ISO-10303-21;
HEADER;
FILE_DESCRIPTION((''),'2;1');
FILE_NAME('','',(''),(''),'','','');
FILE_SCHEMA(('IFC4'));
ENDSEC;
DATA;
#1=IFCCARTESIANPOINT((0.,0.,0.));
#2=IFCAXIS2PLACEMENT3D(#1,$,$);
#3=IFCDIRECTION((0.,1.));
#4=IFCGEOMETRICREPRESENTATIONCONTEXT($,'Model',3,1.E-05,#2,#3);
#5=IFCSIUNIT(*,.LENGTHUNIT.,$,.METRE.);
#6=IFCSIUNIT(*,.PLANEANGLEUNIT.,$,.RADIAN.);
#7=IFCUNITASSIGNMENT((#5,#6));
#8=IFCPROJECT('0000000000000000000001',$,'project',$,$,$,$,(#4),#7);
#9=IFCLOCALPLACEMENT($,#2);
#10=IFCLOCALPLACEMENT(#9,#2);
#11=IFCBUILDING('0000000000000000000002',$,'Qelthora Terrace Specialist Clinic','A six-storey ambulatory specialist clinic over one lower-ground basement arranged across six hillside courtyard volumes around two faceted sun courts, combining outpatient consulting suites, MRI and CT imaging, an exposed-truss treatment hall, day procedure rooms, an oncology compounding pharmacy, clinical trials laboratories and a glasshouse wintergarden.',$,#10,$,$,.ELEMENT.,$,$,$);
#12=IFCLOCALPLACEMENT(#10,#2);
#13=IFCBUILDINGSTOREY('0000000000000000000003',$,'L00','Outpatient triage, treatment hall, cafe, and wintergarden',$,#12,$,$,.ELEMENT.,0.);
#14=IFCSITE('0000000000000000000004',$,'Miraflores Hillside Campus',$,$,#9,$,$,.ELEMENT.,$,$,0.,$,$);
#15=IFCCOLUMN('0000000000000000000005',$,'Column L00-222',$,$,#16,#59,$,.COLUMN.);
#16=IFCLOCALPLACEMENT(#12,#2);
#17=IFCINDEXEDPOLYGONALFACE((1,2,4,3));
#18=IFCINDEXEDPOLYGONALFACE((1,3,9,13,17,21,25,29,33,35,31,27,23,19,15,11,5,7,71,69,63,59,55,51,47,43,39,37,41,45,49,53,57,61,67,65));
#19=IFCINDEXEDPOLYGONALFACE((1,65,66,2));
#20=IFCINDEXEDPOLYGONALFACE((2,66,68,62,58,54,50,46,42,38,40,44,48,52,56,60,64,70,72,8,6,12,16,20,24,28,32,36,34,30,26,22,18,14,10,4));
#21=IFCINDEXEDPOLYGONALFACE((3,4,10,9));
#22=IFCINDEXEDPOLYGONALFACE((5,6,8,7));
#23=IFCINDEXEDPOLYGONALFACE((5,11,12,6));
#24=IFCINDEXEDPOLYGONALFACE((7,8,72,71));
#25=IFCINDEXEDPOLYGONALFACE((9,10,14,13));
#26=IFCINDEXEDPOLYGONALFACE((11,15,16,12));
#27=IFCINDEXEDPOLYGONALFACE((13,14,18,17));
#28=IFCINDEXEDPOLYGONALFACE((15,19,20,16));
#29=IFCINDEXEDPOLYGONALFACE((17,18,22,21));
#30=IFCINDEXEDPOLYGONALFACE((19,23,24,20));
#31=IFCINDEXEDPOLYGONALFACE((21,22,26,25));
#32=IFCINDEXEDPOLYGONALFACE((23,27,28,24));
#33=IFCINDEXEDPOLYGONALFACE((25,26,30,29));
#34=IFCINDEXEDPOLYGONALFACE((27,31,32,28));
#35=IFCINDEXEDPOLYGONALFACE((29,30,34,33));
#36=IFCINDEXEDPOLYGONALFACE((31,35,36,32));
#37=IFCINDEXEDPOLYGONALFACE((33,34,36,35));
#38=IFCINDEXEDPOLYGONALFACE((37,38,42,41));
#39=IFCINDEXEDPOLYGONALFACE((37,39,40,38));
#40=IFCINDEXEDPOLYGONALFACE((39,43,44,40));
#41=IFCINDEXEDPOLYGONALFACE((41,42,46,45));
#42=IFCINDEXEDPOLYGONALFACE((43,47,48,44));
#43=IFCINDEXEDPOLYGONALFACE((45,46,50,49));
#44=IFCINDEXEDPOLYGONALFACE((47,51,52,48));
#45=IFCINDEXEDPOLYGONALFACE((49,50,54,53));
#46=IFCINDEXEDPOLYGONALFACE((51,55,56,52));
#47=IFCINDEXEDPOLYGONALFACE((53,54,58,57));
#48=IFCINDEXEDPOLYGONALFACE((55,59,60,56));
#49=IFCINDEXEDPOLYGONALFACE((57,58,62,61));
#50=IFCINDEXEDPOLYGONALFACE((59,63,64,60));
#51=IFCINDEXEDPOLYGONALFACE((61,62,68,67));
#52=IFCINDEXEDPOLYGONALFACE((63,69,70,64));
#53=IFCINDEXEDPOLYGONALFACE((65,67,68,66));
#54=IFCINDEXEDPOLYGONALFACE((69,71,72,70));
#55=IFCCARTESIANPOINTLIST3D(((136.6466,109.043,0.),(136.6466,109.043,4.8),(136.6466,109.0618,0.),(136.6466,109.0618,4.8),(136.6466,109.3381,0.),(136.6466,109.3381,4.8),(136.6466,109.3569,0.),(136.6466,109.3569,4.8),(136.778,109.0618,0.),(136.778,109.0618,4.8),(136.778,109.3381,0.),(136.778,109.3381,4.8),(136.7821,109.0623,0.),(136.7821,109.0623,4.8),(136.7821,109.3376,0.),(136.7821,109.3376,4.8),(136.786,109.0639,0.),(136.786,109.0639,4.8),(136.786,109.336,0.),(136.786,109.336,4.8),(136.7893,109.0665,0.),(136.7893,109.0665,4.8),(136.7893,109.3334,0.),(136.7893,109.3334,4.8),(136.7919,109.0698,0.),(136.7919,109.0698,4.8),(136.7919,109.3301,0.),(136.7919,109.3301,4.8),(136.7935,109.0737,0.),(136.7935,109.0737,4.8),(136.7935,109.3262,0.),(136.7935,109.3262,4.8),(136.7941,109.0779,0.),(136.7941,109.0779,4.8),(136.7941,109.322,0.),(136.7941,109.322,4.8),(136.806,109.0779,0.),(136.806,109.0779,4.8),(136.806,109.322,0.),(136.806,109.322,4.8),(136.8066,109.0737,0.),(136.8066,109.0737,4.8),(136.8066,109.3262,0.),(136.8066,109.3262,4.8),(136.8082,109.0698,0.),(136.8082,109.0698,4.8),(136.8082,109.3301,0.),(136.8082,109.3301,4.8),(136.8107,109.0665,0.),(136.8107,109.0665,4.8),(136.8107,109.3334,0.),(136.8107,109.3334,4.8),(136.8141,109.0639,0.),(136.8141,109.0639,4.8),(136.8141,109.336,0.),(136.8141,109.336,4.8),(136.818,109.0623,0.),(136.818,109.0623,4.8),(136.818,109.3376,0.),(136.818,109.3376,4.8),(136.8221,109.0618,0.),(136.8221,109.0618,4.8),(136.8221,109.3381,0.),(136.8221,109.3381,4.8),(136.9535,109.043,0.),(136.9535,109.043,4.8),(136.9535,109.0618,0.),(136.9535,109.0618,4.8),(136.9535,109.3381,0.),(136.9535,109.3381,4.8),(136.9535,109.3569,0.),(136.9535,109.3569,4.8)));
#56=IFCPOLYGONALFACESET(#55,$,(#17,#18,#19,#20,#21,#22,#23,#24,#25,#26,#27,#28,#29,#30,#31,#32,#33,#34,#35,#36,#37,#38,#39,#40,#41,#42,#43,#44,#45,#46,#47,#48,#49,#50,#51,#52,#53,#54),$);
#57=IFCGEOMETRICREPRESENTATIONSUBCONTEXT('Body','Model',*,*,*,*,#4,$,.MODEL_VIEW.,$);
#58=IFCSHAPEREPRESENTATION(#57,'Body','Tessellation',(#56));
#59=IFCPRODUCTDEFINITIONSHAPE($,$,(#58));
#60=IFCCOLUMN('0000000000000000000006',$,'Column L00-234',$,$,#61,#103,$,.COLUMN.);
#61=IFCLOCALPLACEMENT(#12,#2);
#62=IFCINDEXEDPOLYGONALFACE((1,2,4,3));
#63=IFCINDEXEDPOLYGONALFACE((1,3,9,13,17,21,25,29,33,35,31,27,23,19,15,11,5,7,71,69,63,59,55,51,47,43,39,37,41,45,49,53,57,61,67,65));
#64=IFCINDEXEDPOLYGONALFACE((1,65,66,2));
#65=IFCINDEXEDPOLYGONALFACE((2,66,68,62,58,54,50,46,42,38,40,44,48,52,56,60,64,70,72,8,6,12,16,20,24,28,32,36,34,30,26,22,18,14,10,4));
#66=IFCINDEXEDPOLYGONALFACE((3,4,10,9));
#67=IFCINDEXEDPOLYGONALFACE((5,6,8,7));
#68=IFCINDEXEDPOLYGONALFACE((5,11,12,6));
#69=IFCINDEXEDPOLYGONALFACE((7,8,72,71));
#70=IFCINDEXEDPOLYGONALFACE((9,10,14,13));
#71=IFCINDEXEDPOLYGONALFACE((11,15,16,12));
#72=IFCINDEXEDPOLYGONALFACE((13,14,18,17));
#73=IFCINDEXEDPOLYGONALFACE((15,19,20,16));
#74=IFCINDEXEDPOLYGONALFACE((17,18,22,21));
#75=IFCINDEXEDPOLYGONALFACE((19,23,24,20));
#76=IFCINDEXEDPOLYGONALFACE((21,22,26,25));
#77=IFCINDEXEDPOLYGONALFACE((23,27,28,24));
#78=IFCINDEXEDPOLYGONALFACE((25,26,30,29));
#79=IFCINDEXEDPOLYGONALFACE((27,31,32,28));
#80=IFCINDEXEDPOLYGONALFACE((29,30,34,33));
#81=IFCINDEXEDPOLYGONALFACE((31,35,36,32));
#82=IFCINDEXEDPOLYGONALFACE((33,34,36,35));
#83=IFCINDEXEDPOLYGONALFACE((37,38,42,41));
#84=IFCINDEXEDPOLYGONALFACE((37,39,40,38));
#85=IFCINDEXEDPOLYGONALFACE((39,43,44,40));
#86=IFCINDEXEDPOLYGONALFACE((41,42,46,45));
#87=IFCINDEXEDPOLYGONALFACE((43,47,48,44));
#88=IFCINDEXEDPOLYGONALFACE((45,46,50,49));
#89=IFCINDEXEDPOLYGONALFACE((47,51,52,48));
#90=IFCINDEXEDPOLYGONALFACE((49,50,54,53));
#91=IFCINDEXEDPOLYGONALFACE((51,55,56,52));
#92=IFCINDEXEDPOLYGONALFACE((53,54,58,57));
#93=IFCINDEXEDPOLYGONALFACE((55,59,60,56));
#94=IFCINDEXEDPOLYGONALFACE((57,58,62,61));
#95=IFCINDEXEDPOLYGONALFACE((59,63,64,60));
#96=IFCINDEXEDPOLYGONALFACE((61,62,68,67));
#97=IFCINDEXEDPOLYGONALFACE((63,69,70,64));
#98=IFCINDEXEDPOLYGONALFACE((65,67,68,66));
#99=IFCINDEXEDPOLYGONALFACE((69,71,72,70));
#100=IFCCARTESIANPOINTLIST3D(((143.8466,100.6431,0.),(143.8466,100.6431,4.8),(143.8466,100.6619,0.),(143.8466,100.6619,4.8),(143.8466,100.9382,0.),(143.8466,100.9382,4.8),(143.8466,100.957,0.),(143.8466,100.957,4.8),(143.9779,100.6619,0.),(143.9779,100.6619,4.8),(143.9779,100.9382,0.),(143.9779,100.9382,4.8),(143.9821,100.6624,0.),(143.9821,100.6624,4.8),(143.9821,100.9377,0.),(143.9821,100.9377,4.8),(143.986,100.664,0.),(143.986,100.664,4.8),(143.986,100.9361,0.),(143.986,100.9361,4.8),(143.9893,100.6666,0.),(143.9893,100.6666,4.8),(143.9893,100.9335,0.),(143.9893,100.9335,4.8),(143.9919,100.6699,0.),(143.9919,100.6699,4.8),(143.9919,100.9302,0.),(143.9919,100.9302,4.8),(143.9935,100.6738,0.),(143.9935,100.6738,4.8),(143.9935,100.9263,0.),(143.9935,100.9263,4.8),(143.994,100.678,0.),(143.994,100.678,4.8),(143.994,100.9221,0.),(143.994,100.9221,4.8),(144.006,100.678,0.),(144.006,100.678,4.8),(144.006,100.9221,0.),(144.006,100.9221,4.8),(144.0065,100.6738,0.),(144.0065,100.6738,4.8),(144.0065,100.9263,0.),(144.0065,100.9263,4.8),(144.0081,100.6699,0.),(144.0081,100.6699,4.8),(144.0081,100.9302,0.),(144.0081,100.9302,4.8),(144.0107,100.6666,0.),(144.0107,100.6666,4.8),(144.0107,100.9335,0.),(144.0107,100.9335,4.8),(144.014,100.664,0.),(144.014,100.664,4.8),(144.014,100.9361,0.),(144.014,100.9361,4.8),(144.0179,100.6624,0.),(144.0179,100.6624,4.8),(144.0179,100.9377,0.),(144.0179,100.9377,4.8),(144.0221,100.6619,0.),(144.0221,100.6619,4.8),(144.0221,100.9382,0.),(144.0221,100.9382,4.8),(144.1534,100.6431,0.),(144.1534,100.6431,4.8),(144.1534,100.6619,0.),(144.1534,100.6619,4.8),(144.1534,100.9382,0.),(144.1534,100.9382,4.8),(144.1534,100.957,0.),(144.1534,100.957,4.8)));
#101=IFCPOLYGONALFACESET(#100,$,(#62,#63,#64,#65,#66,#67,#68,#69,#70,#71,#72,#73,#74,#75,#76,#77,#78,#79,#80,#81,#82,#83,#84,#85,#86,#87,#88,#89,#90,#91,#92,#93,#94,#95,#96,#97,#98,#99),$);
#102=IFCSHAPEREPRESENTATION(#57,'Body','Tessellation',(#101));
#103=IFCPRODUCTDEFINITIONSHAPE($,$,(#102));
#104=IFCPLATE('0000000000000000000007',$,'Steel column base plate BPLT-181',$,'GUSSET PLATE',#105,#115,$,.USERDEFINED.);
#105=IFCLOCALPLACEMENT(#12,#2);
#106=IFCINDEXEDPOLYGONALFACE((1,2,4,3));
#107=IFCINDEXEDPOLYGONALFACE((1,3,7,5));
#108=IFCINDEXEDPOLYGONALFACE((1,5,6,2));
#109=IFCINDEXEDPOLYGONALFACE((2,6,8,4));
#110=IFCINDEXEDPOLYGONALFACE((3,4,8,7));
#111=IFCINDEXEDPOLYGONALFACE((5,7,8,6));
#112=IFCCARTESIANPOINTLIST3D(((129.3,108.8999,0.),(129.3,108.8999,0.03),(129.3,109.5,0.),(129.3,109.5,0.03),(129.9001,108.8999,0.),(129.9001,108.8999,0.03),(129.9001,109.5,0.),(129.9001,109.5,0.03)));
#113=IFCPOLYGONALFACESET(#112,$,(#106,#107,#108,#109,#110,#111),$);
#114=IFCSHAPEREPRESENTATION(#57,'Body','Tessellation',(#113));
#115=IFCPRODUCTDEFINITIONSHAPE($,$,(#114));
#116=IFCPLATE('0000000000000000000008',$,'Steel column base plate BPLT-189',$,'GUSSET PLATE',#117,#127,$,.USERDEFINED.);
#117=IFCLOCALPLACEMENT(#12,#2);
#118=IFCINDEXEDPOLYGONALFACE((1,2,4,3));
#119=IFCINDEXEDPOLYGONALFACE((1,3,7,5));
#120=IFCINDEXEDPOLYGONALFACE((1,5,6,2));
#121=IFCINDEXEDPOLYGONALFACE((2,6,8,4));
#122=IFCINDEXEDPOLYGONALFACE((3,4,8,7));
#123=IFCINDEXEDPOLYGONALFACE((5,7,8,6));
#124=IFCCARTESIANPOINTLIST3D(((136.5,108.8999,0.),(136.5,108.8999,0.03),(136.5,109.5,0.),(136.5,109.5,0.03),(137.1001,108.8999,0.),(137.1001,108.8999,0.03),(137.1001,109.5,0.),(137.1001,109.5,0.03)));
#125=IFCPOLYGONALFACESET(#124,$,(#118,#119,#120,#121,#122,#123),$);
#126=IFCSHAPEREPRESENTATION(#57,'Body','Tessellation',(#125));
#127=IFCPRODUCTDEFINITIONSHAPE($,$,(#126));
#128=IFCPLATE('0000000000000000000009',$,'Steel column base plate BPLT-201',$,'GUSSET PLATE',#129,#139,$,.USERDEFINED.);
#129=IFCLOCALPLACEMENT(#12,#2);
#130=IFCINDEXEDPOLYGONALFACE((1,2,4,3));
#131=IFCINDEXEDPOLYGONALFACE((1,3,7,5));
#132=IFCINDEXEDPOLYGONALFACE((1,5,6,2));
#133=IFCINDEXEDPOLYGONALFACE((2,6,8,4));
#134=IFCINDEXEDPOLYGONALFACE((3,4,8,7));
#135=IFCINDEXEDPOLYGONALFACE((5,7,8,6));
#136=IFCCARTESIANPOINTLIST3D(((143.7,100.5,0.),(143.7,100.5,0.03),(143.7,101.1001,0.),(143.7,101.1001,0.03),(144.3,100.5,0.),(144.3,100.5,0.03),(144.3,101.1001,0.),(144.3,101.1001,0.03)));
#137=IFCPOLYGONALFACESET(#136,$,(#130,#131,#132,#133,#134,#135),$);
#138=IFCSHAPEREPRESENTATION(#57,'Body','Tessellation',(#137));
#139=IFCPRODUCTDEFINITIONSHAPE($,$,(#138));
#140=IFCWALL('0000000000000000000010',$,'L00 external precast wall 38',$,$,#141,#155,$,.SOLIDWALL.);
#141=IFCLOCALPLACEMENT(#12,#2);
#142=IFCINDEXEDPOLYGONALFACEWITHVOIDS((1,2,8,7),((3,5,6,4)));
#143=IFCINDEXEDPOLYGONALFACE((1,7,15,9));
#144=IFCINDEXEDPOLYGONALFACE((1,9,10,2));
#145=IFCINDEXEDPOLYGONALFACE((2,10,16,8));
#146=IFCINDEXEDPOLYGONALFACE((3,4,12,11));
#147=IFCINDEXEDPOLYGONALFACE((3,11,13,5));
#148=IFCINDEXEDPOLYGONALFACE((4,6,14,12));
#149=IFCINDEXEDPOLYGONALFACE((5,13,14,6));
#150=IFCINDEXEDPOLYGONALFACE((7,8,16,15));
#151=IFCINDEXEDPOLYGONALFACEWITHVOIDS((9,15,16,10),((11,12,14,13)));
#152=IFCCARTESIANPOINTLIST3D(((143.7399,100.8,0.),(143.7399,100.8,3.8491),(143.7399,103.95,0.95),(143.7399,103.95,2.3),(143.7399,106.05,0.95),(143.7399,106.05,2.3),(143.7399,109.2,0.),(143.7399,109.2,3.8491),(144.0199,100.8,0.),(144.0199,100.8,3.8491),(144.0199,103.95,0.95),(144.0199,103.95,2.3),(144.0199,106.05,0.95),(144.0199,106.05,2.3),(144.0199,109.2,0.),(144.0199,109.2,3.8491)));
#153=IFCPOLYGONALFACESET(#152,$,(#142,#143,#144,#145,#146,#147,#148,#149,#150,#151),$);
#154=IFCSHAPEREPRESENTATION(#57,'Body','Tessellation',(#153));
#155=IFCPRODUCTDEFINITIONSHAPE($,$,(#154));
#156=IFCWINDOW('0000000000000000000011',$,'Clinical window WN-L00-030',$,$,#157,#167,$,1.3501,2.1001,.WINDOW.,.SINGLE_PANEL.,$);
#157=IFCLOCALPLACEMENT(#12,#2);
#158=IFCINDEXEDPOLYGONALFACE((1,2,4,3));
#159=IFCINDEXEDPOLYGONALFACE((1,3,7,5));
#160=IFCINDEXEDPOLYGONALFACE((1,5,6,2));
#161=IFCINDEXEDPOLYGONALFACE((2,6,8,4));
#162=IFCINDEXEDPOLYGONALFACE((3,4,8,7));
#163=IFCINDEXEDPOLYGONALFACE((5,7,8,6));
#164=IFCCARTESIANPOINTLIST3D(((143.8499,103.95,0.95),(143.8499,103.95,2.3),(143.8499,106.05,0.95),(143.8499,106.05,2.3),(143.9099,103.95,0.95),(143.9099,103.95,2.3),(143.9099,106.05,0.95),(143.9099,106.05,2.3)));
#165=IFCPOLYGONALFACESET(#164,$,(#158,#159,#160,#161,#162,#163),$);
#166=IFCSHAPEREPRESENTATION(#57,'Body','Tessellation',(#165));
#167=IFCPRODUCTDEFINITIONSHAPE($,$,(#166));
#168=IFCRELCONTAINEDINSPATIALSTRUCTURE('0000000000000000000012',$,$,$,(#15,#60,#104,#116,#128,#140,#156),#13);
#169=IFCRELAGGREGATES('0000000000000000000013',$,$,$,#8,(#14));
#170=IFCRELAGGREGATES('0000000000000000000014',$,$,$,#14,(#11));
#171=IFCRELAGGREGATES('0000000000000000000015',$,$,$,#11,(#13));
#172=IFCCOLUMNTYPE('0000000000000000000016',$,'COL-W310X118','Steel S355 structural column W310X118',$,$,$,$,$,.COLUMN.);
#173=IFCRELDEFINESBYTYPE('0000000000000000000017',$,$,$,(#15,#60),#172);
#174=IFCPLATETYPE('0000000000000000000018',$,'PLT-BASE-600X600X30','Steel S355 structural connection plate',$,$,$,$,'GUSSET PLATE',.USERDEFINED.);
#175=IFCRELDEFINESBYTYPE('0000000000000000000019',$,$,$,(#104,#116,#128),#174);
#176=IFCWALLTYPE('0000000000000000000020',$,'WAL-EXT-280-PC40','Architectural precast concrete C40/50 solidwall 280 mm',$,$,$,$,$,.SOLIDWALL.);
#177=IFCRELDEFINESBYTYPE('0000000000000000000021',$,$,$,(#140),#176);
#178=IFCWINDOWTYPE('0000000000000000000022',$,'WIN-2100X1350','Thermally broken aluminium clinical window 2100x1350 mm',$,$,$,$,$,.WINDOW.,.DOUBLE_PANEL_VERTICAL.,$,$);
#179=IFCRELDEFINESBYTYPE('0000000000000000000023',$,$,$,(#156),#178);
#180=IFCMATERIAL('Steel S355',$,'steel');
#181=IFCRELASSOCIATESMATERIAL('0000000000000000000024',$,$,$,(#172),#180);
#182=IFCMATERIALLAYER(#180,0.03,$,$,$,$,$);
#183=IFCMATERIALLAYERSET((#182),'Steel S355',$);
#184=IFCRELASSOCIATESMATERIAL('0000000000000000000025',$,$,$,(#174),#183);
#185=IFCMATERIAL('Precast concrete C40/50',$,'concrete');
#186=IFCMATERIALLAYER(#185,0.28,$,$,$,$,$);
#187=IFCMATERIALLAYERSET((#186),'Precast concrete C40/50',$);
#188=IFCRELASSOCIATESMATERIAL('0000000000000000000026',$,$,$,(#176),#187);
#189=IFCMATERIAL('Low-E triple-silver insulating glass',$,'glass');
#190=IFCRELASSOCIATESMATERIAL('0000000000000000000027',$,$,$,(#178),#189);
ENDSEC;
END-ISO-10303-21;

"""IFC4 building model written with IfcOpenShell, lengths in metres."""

from ifc_helpers import new_model, si_unit, direction, frame, frame_2d, origin, origin_2d, place, context, subcontext, project, spatial, rectangle, i_section, extrude, material, layer, layer_set, material_profile, profile_set, type_object, element, fill, save


model = new_model("IFC4")

# Units and contexts
model_context = context("Model", 3, precision=1e-05, world=origin(), true_north=direction((0.0, 1.0)))
body_context = subcontext(model_context, "Body", "Model", "MODEL_VIEW")
ifc_project = project(units=[si_unit("LENGTHUNIT", "METRE"), si_unit("PLANEANGLEUNIT", "RADIAN")], contexts=[model_context])

# Site, building, storey
site_placement = place(None, origin())
site = spatial("IfcSite", under=ifc_project, at=site_placement, Name="Miraflores Hillside Campus", CompositionType="ELEMENT", RefElevation=0.0)
building_placement = place(site_placement, origin())
building = spatial("IfcBuilding", under=site, at=building_placement, Name="Qelthora Terrace Specialist Clinic", Description="A six-storey ambulatory specialist clinic over one lower-ground basement arranged across six hillside courtyard volumes around two faceted sun courts, combining outpatient consulting suites, MRI and CT imaging, an exposed-truss treatment hall, day procedure rooms, an oncology compounding pharmacy, clinical trials laboratories and a glasshouse wintergarden.", CompositionType="ELEMENT")
storey_placement = place(building_placement, origin())
storey = spatial("IfcBuildingStorey", under=building, at=storey_placement, Name="L00", Description="Outpatient triage, treatment hall, cafe, and wintergarden", CompositionType="ELEMENT", Elevation=0.0)

# Columns
ifc_material_1 = material(Name="Steel S355", Category="steel")
ifc_material_profile_1 = material_profile(ifc_material_1, i_section(OverallWidth=0.3069, OverallDepth=0.314, WebThickness=0.012, FlangeThickness=0.0188, FilletRadius=0.0161, at=origin_2d()), Name="W310X118")
ifc_profile_set_1 = profile_set([ifc_material_profile_1], Name="Steel S355")
column_type_1 = type_object("IfcColumnType", Name="COL-W310X118", Description="Steel S355 structural column W310X118", PredefinedType="COLUMN", material=ifc_profile_set_1)
for number, where, z_axis, x_axis, name in (
    (1, (136.8, 109.2, 0.0), (0.0, 0.0, 1.0), (1.0, 0.0, 0.0), "Column L00-222"),
    (2, (144.0, 100.8, 0.0), (0.0, 0.0, 1.0), (1.0, 0.0, 0.0), "Column L00-234"),
):
    element("IfcColumn", number, at=place(storey_placement, frame(where, z_axis=z_axis, x_axis=x_axis)), inside=storey, type_object=column_type_1, Name=name, PredefinedType="COLUMN", context=body_context, shape_type="SweptSolid", body=[
        extrude(i_section(OverallWidth=0.3069, OverallDepth=0.314, WebThickness=0.012, FlangeThickness=0.0188, FilletRadius=0.0161, at=origin_2d()), origin(), (0.0, 0.0, 1.0), 4.8),
    ])

# Plates
ifc_layer_1 = layer(ifc_material_1, 0.03)
ifc_layer_set_1 = layer_set([ifc_layer_1], Name="Steel S355")
plate_type = type_object("IfcPlateType", Name="PLT-BASE-600X600X30", Description="Steel S355 structural connection plate", ElementType="GUSSET PLATE", PredefinedType="USERDEFINED", material=ifc_layer_set_1)
for number, where, z_axis, x_axis, name in (
    (3, (129.6001, 109.2, 0.0), (0.0, 0.0, 1.0), (1.0, 0.0, 0.0), "Steel column base plate BPLT-181"),
    (4, (136.8, 109.2, 0.0), (0.0, 0.0, 1.0), (1.0, 0.0, 0.0), "Steel column base plate BPLT-189"),
    (5, (144.0, 100.8, 0.0), (0.0, 0.0, 1.0), (1.0, 0.0, 0.0), "Steel column base plate BPLT-201"),
):
    element("IfcPlate", number, at=place(storey_placement, frame(where, z_axis=z_axis, x_axis=x_axis)), inside=storey, type_object=plate_type, Name=name, ObjectType="GUSSET PLATE", PredefinedType="USERDEFINED", context=body_context, shape_type="SweptSolid", body=[
        extrude(rectangle(XDim=0.6001, YDim=0.6001, at=origin_2d()), origin(), (0.0, 0.0, 1.0), 0.03),
    ])

# Wall, opening, window
ifc_material_2 = material(Name="Precast concrete C40/50", Category="concrete")
ifc_layer_2 = layer(ifc_material_2, 0.28)
ifc_layer_set_2 = layer_set([ifc_layer_2], Name="Precast concrete C40/50")
wall_type_1 = type_object("IfcWallType", Name="WAL-EXT-280-PC40", Description="Architectural precast concrete C40/50 solidwall 280 mm", PredefinedType="SOLIDWALL", material=ifc_layer_set_2)
wall_1_placement = place(storey_placement, frame((143.8799, 100.8, 0.0), z_axis=(0.0, 0.0, 1.0), x_axis=(0.0, 1.0, 0.0)))
wall_1 = element("IfcWall", 6, at=wall_1_placement, inside=storey, type_object=wall_type_1, Name="L00 external precast wall 38", PredefinedType="SOLIDWALL", context=body_context, shape_type="SweptSolid", body=[
    extrude(rectangle(XDim=8.3999, YDim=0.28, at=frame_2d((4.2, 0.0))), origin(), (0.0, 0.0, 1.0), 3.8491),
])
opening_1_placement = place(wall_1_placement, frame((3.1499, 0.0, 0.95)))
opening_1 = element("IfcOpeningElement", 7, at=opening_1_placement, cuts=wall_1, PredefinedType="OPENING", context=body_context, shape_type="SweptSolid", body=[
    extrude(rectangle(XDim=2.1001, YDim=1.3501, at=frame_2d((1.05, 0.675))), frame((0.0, 0.1499, 0.0), z_axis=(0.0, -1.0, 0.0), x_axis=(1.0, 0.0, 0.0)), (0.0, 0.0, 1.0), 0.3),
])
ifc_material_3 = material(Name="Low-E triple-silver insulating glass", Category="glass")
window_type_1 = type_object("IfcWindowType", Name="WIN-2100X1350", Description="Thermally broken aluminium clinical window 2100x1350 mm", PartitioningType="DOUBLE_PANEL_VERTICAL", PredefinedType="WINDOW", material=ifc_material_3)
window_1_placement = place(opening_1_placement, origin())
window_1 = element("IfcWindow", 8, at=window_1_placement, inside=storey, type_object=window_type_1, Name="Clinical window WN-L00-030", OverallHeight=1.3501, OverallWidth=2.1001, PartitioningType="SINGLE_PANEL", PredefinedType="WINDOW", context=body_context, shape_type="SweptSolid", body=[
    extrude(rectangle(XDim=2.1001, YDim=1.3501, at=frame_2d((1.05, 0.675))), frame((0.0, 0.03, 0.0), z_axis=(0.0, -1.0, 0.0), x_axis=(1.0, 0.0, 0.0)), (0.0, 0.0, 1.0), 0.0601),
])
fill(opening_1, window_1)

save(model, "model.ifc")
